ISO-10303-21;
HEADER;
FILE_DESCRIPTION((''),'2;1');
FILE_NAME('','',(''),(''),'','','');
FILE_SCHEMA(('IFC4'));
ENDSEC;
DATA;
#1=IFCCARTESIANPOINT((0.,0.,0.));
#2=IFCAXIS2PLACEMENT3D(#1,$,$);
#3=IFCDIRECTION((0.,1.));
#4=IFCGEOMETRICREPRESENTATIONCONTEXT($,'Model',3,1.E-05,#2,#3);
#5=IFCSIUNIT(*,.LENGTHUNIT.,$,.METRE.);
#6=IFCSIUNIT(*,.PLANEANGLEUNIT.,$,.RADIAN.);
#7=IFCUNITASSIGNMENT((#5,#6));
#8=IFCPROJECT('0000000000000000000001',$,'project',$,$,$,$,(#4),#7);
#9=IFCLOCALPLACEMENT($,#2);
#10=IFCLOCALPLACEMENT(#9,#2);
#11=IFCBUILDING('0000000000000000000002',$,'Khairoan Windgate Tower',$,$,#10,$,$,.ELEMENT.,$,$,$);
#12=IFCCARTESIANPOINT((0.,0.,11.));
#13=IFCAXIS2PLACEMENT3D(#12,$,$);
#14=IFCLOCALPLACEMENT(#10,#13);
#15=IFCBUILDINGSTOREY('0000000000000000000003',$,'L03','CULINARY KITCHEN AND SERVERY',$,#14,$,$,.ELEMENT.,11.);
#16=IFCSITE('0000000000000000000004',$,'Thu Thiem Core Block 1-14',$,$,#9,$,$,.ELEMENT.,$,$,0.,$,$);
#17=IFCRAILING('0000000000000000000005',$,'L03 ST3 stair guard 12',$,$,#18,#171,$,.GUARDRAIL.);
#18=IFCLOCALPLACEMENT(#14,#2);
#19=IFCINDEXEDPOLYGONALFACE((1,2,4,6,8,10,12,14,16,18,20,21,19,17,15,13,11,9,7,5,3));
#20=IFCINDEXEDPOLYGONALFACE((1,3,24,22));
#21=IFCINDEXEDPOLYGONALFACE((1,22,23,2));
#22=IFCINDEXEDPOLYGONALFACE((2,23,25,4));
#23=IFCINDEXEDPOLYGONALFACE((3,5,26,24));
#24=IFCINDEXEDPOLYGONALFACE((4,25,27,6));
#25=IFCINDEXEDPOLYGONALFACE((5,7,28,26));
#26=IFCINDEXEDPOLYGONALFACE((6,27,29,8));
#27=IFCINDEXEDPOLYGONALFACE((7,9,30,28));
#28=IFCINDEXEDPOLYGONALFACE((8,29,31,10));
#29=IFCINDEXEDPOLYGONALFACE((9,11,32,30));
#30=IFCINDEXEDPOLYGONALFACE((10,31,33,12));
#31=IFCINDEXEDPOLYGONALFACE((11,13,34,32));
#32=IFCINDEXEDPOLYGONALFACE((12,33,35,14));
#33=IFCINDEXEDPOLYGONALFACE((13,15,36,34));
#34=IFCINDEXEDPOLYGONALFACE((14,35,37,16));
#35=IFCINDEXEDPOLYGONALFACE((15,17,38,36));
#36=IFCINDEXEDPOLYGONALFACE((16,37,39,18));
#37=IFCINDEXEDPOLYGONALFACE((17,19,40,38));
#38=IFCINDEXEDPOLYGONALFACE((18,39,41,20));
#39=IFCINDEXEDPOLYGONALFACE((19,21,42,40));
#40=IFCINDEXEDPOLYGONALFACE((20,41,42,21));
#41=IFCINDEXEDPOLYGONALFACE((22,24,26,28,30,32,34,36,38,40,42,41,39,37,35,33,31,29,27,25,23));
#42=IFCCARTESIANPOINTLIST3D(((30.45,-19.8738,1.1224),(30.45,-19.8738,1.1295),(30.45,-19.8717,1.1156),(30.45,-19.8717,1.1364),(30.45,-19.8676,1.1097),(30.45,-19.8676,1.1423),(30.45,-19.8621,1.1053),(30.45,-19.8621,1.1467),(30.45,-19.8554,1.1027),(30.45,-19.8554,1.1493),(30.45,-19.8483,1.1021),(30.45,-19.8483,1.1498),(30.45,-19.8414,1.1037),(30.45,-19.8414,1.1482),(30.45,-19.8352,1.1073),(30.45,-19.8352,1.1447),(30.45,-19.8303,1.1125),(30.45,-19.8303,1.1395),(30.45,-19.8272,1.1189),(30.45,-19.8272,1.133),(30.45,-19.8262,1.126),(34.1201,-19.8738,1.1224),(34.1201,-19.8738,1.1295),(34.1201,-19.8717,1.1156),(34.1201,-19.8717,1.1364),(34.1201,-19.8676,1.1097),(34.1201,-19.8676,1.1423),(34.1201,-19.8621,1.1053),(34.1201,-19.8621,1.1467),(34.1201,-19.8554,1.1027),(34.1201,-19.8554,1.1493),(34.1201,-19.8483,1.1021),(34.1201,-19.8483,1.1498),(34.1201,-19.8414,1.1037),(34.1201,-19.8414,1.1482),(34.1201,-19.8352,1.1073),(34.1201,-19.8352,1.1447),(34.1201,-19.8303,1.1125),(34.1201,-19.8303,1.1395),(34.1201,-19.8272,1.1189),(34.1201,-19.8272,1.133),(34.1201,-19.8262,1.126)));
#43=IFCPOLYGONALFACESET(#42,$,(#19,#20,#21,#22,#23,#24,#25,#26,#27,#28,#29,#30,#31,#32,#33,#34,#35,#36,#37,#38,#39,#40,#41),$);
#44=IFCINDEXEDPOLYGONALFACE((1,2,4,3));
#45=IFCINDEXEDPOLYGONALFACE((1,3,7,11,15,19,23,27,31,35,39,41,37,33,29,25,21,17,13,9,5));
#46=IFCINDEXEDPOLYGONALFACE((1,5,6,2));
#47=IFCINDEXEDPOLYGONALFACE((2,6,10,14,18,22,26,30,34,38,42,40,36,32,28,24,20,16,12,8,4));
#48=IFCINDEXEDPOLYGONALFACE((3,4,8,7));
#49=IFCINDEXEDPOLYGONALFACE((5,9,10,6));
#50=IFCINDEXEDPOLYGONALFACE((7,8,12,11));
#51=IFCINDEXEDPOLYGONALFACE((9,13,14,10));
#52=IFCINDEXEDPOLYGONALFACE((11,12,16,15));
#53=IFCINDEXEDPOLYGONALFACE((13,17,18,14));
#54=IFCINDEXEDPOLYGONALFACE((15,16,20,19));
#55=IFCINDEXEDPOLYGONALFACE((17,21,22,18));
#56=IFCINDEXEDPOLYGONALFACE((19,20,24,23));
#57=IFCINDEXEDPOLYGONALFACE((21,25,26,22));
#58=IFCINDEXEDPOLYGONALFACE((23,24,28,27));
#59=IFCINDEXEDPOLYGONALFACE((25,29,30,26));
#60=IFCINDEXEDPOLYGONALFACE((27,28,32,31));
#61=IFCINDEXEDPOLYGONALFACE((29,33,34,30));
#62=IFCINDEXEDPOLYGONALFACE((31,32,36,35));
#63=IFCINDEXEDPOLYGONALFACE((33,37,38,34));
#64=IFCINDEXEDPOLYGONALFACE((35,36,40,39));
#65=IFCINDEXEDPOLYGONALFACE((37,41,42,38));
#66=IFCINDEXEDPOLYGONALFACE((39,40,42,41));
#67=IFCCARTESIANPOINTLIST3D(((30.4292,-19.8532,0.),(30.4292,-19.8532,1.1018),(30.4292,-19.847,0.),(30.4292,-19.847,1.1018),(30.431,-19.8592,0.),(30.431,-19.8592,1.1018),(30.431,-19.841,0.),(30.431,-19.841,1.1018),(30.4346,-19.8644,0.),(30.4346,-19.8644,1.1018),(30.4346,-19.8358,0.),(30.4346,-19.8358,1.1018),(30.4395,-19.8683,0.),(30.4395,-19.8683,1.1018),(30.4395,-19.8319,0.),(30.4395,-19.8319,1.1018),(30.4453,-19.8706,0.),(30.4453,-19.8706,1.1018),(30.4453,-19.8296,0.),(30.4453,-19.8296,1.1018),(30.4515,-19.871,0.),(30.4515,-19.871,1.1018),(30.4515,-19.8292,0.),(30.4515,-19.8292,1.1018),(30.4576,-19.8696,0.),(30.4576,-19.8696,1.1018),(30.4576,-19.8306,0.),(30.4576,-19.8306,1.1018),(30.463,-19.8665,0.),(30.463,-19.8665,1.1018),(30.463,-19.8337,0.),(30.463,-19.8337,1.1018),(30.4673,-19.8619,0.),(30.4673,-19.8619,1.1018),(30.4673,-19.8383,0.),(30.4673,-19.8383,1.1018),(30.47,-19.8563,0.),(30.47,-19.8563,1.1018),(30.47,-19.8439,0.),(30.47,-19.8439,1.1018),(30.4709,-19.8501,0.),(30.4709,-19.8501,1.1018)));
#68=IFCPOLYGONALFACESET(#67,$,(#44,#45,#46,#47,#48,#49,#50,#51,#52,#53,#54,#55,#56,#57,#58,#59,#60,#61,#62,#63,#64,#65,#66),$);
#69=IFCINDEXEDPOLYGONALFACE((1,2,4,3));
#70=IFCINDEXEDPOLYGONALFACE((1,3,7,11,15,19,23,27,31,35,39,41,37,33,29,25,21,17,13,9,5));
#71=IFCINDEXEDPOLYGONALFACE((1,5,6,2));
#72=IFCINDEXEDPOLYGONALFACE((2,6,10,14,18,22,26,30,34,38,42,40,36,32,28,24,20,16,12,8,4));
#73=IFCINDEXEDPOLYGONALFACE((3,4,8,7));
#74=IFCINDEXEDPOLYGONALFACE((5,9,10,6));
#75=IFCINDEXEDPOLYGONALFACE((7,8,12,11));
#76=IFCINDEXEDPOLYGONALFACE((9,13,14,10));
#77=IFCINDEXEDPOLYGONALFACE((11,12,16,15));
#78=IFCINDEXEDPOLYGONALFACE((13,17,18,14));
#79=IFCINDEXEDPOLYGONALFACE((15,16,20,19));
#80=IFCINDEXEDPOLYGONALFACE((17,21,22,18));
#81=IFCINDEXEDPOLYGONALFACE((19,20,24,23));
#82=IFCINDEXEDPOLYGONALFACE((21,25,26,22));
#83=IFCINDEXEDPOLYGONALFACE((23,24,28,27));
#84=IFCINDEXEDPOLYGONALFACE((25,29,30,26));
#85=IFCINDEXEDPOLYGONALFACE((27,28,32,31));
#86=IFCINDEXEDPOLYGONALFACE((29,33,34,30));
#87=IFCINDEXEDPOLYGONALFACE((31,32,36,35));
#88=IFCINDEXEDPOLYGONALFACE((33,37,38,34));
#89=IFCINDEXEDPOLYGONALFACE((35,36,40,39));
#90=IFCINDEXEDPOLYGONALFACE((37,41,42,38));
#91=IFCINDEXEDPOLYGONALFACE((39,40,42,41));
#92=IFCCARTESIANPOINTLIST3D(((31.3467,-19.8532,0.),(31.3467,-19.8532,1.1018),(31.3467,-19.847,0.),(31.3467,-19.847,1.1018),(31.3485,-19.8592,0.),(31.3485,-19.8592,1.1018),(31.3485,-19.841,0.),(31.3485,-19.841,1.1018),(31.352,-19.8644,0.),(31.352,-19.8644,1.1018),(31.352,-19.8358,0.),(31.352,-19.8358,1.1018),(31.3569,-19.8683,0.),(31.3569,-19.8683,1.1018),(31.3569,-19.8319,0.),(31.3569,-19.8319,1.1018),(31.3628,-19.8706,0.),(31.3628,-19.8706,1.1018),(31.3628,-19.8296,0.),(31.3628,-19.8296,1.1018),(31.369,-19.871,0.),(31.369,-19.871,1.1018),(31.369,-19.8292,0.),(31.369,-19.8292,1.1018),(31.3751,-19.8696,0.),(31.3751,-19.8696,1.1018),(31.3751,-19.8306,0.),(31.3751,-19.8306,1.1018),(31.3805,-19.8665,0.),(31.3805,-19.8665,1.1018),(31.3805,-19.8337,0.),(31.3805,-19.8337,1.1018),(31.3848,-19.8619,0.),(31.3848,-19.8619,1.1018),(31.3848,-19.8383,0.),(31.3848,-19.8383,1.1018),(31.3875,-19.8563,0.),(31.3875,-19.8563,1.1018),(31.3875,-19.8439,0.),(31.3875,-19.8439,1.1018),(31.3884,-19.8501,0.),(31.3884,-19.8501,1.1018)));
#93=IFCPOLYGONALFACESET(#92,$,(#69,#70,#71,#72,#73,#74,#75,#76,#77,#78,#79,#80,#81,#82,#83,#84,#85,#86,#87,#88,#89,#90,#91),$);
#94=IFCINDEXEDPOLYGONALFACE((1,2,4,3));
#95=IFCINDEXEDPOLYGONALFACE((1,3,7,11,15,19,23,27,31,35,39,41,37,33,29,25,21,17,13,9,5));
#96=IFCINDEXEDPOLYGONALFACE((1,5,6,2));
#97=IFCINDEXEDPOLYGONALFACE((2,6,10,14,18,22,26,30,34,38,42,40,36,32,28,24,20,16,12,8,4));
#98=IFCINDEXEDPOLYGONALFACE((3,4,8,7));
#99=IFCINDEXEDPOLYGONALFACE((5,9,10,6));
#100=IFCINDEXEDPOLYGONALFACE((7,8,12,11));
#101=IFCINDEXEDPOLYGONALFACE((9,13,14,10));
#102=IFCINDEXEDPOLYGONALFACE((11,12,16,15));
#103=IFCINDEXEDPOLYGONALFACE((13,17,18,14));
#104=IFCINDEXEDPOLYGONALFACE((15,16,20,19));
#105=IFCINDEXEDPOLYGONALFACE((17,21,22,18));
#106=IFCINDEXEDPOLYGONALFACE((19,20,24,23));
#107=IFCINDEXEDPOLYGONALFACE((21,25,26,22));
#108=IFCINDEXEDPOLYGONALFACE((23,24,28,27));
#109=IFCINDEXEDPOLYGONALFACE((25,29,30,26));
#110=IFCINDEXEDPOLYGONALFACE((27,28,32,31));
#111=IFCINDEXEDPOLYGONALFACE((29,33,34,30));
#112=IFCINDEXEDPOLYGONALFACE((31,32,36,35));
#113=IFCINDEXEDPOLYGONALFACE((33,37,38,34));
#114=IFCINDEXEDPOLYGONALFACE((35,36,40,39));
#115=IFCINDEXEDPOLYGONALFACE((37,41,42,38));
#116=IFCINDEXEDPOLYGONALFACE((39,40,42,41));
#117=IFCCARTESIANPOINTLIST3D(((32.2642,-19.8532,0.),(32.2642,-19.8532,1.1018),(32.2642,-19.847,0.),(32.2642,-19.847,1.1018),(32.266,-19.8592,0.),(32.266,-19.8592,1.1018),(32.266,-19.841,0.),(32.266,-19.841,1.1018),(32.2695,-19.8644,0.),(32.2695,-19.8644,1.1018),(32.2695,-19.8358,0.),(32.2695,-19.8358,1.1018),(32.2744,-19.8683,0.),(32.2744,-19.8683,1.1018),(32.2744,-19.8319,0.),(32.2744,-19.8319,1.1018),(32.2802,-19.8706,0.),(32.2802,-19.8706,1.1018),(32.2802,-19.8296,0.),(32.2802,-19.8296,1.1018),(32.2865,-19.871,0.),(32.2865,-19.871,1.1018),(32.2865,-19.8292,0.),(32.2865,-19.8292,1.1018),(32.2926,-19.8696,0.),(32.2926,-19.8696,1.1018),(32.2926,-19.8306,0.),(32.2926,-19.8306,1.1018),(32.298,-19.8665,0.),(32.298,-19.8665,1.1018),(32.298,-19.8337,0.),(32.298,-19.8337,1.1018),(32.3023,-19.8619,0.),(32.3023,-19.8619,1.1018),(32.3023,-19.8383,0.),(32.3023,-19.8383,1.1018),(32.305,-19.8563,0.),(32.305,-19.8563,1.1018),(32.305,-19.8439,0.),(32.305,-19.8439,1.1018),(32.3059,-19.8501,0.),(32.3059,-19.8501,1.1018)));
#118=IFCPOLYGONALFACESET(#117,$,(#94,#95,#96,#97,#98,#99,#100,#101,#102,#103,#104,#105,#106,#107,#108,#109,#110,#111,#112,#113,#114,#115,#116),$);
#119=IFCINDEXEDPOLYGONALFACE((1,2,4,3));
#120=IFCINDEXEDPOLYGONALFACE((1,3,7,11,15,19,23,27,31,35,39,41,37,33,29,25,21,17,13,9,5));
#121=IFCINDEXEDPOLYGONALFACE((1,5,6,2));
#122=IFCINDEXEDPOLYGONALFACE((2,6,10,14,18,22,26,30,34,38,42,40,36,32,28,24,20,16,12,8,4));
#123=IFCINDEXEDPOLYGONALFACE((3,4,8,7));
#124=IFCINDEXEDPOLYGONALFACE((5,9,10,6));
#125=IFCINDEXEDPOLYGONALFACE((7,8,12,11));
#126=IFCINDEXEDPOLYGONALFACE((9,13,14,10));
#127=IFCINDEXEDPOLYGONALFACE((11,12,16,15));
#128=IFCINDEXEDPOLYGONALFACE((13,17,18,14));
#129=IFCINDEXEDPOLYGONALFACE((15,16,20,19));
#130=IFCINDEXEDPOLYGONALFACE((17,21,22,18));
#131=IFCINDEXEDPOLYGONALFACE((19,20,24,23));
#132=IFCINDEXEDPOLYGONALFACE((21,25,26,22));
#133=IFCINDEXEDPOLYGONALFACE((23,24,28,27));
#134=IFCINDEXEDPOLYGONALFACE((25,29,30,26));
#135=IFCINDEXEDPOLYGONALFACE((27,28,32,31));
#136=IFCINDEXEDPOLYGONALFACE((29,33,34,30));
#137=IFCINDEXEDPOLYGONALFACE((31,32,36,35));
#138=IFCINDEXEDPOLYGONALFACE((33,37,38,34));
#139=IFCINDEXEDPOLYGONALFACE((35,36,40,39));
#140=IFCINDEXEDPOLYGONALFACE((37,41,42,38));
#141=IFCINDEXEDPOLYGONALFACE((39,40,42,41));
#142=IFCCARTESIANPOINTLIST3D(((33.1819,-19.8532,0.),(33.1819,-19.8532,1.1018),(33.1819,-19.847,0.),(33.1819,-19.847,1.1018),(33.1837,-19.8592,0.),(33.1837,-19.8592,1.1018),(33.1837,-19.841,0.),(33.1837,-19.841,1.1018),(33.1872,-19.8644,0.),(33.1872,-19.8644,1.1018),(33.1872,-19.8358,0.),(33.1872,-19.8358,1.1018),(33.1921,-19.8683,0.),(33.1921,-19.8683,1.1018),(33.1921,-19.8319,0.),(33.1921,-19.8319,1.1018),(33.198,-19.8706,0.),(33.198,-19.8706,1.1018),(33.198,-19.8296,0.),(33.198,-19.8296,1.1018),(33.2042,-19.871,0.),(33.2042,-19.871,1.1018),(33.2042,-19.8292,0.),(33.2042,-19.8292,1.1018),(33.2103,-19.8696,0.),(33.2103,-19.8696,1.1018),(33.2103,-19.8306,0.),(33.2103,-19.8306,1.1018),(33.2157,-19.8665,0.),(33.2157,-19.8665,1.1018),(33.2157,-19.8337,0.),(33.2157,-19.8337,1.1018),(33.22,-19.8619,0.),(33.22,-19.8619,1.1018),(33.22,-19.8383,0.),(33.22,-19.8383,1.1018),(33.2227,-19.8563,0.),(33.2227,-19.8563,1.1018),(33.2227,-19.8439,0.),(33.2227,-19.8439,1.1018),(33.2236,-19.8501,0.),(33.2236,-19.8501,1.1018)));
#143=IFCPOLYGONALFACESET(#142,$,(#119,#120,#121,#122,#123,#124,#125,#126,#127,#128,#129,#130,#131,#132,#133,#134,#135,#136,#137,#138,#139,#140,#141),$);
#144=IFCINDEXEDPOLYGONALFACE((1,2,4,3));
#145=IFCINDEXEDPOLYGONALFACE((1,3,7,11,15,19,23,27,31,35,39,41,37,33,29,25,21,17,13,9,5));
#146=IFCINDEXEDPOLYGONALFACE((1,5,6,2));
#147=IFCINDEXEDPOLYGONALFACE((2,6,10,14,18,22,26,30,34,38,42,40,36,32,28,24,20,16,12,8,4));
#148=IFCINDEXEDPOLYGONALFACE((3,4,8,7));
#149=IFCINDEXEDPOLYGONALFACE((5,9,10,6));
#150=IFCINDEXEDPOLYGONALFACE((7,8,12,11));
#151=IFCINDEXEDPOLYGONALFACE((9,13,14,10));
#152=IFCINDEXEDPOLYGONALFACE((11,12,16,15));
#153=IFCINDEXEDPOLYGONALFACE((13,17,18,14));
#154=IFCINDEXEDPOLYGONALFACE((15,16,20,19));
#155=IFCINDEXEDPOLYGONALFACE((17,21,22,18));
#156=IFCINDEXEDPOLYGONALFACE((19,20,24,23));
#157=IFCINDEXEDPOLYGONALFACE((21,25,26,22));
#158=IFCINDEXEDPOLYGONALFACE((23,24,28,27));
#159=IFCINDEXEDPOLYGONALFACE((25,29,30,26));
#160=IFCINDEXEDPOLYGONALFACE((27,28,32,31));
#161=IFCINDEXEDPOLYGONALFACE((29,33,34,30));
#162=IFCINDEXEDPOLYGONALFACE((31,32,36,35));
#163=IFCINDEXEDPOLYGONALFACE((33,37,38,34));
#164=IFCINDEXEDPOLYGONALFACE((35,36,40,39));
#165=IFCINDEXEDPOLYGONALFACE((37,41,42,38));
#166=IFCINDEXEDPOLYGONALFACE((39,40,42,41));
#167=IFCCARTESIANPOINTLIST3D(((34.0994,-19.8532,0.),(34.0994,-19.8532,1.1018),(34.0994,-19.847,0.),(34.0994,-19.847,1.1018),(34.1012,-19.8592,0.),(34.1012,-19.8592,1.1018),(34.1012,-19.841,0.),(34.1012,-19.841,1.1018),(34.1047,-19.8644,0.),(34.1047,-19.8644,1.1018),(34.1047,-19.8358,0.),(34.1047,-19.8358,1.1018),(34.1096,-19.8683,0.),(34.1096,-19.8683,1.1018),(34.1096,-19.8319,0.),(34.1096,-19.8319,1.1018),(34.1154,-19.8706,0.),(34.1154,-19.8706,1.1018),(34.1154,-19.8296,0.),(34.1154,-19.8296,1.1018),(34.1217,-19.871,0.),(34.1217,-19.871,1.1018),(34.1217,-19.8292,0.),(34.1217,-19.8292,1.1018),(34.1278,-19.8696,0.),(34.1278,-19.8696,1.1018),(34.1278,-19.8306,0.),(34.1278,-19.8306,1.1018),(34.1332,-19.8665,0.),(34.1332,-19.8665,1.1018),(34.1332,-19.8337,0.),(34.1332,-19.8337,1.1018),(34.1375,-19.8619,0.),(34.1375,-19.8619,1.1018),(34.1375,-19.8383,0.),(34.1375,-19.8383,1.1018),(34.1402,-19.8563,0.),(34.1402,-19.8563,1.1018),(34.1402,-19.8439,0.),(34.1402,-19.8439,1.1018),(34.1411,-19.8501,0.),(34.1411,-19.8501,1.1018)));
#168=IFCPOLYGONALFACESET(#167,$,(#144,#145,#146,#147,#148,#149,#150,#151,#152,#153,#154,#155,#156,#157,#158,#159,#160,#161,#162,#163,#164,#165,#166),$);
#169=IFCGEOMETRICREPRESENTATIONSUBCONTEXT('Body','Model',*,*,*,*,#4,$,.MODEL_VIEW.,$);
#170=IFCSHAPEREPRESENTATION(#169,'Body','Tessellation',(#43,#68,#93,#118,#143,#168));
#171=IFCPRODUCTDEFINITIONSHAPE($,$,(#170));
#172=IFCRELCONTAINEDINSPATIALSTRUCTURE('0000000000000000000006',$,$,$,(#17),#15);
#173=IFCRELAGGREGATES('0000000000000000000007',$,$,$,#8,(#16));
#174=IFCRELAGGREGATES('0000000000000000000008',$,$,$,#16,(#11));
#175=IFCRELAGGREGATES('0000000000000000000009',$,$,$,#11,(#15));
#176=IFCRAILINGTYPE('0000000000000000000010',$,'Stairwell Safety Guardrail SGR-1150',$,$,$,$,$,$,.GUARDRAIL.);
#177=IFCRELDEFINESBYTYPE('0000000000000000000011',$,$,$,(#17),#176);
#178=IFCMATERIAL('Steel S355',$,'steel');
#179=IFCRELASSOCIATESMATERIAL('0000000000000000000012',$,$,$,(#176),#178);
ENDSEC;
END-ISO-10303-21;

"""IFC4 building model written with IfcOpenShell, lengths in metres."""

from ifc_helpers import new_model, si_unit, direction, frame, origin, origin_2d, place, context, subcontext, project, spatial, circle, extrude, material, type_object, element, save


model = new_model("IFC4")

# Units and contexts
model_context = context("Model", 3, precision=1e-05, world=origin(), true_north=direction((0.0, 1.0)))
body_context = subcontext(model_context, "Body", "Model", "MODEL_VIEW")
ifc_project = project(units=[si_unit("LENGTHUNIT", "METRE"), si_unit("PLANEANGLEUNIT", "RADIAN")], contexts=[model_context])

# Site, building, storey
site_placement = place(None, origin())
site = spatial("IfcSite", under=ifc_project, at=site_placement, Name="Thu Thiem Core Block 1-14", CompositionType="ELEMENT", RefElevation=0.0)
building_placement = place(site_placement, origin())
building = spatial("IfcBuilding", under=site, at=building_placement, Name="Khairoan Windgate Tower", CompositionType="ELEMENT")
storey_placement = place(building_placement, frame((0.0, 0.0, 11.0)))
storey = spatial("IfcBuildingStorey", under=building, at=storey_placement, Name="L03", Description="CULINARY KITCHEN AND SERVERY", CompositionType="ELEMENT", Elevation=11.0)

# Railing
ifc_material_1 = material(Name="Steel S355", Category="steel")
railing_type_1 = type_object("IfcRailingType", Name="Stairwell Safety Guardrail SGR-1150", PredefinedType="GUARDRAIL", material=ifc_material_1)
railing_1_placement = place(storey_placement, frame((30.45, -19.8501, 0.0)))
element("IfcRailing", 1, at=railing_1_placement, inside=storey, type_object=railing_type_1, Name="L03 ST3 stair guard 12", PredefinedType="GUARDRAIL", context=body_context, shape_type="SweptSolid", body=[
    extrude(circle(Radius=0.0239, at=origin_2d()), frame((0.0, 0.0, 1.126), z_axis=(1.0, 0.0, 0.0), x_axis=(0.0, 1.0, 0.0)), (0.0, 0.0, 1.0), 3.6702),
    extrude(circle(Radius=0.021, at=origin_2d()), origin(), (0.0, 0.0, 1.0), 1.1018),
    extrude(circle(Radius=0.021, at=origin_2d()), frame((0.9175, 0.0, 0.0)), (0.0, 0.0, 1.0), 1.1018),
    extrude(circle(Radius=0.021, at=origin_2d()), frame((1.835, 0.0, 0.0)), (0.0, 0.0, 1.0), 1.1018),
    extrude(circle(Radius=0.021, at=origin_2d()), frame((2.7527, 0.0, 0.0)), (0.0, 0.0, 1.0), 1.1018),
    extrude(circle(Radius=0.021, at=origin_2d()), frame((3.6702, 0.0, 0.0)), (0.0, 0.0, 1.0), 1.1018),
])

save(model, "model.ifc")
